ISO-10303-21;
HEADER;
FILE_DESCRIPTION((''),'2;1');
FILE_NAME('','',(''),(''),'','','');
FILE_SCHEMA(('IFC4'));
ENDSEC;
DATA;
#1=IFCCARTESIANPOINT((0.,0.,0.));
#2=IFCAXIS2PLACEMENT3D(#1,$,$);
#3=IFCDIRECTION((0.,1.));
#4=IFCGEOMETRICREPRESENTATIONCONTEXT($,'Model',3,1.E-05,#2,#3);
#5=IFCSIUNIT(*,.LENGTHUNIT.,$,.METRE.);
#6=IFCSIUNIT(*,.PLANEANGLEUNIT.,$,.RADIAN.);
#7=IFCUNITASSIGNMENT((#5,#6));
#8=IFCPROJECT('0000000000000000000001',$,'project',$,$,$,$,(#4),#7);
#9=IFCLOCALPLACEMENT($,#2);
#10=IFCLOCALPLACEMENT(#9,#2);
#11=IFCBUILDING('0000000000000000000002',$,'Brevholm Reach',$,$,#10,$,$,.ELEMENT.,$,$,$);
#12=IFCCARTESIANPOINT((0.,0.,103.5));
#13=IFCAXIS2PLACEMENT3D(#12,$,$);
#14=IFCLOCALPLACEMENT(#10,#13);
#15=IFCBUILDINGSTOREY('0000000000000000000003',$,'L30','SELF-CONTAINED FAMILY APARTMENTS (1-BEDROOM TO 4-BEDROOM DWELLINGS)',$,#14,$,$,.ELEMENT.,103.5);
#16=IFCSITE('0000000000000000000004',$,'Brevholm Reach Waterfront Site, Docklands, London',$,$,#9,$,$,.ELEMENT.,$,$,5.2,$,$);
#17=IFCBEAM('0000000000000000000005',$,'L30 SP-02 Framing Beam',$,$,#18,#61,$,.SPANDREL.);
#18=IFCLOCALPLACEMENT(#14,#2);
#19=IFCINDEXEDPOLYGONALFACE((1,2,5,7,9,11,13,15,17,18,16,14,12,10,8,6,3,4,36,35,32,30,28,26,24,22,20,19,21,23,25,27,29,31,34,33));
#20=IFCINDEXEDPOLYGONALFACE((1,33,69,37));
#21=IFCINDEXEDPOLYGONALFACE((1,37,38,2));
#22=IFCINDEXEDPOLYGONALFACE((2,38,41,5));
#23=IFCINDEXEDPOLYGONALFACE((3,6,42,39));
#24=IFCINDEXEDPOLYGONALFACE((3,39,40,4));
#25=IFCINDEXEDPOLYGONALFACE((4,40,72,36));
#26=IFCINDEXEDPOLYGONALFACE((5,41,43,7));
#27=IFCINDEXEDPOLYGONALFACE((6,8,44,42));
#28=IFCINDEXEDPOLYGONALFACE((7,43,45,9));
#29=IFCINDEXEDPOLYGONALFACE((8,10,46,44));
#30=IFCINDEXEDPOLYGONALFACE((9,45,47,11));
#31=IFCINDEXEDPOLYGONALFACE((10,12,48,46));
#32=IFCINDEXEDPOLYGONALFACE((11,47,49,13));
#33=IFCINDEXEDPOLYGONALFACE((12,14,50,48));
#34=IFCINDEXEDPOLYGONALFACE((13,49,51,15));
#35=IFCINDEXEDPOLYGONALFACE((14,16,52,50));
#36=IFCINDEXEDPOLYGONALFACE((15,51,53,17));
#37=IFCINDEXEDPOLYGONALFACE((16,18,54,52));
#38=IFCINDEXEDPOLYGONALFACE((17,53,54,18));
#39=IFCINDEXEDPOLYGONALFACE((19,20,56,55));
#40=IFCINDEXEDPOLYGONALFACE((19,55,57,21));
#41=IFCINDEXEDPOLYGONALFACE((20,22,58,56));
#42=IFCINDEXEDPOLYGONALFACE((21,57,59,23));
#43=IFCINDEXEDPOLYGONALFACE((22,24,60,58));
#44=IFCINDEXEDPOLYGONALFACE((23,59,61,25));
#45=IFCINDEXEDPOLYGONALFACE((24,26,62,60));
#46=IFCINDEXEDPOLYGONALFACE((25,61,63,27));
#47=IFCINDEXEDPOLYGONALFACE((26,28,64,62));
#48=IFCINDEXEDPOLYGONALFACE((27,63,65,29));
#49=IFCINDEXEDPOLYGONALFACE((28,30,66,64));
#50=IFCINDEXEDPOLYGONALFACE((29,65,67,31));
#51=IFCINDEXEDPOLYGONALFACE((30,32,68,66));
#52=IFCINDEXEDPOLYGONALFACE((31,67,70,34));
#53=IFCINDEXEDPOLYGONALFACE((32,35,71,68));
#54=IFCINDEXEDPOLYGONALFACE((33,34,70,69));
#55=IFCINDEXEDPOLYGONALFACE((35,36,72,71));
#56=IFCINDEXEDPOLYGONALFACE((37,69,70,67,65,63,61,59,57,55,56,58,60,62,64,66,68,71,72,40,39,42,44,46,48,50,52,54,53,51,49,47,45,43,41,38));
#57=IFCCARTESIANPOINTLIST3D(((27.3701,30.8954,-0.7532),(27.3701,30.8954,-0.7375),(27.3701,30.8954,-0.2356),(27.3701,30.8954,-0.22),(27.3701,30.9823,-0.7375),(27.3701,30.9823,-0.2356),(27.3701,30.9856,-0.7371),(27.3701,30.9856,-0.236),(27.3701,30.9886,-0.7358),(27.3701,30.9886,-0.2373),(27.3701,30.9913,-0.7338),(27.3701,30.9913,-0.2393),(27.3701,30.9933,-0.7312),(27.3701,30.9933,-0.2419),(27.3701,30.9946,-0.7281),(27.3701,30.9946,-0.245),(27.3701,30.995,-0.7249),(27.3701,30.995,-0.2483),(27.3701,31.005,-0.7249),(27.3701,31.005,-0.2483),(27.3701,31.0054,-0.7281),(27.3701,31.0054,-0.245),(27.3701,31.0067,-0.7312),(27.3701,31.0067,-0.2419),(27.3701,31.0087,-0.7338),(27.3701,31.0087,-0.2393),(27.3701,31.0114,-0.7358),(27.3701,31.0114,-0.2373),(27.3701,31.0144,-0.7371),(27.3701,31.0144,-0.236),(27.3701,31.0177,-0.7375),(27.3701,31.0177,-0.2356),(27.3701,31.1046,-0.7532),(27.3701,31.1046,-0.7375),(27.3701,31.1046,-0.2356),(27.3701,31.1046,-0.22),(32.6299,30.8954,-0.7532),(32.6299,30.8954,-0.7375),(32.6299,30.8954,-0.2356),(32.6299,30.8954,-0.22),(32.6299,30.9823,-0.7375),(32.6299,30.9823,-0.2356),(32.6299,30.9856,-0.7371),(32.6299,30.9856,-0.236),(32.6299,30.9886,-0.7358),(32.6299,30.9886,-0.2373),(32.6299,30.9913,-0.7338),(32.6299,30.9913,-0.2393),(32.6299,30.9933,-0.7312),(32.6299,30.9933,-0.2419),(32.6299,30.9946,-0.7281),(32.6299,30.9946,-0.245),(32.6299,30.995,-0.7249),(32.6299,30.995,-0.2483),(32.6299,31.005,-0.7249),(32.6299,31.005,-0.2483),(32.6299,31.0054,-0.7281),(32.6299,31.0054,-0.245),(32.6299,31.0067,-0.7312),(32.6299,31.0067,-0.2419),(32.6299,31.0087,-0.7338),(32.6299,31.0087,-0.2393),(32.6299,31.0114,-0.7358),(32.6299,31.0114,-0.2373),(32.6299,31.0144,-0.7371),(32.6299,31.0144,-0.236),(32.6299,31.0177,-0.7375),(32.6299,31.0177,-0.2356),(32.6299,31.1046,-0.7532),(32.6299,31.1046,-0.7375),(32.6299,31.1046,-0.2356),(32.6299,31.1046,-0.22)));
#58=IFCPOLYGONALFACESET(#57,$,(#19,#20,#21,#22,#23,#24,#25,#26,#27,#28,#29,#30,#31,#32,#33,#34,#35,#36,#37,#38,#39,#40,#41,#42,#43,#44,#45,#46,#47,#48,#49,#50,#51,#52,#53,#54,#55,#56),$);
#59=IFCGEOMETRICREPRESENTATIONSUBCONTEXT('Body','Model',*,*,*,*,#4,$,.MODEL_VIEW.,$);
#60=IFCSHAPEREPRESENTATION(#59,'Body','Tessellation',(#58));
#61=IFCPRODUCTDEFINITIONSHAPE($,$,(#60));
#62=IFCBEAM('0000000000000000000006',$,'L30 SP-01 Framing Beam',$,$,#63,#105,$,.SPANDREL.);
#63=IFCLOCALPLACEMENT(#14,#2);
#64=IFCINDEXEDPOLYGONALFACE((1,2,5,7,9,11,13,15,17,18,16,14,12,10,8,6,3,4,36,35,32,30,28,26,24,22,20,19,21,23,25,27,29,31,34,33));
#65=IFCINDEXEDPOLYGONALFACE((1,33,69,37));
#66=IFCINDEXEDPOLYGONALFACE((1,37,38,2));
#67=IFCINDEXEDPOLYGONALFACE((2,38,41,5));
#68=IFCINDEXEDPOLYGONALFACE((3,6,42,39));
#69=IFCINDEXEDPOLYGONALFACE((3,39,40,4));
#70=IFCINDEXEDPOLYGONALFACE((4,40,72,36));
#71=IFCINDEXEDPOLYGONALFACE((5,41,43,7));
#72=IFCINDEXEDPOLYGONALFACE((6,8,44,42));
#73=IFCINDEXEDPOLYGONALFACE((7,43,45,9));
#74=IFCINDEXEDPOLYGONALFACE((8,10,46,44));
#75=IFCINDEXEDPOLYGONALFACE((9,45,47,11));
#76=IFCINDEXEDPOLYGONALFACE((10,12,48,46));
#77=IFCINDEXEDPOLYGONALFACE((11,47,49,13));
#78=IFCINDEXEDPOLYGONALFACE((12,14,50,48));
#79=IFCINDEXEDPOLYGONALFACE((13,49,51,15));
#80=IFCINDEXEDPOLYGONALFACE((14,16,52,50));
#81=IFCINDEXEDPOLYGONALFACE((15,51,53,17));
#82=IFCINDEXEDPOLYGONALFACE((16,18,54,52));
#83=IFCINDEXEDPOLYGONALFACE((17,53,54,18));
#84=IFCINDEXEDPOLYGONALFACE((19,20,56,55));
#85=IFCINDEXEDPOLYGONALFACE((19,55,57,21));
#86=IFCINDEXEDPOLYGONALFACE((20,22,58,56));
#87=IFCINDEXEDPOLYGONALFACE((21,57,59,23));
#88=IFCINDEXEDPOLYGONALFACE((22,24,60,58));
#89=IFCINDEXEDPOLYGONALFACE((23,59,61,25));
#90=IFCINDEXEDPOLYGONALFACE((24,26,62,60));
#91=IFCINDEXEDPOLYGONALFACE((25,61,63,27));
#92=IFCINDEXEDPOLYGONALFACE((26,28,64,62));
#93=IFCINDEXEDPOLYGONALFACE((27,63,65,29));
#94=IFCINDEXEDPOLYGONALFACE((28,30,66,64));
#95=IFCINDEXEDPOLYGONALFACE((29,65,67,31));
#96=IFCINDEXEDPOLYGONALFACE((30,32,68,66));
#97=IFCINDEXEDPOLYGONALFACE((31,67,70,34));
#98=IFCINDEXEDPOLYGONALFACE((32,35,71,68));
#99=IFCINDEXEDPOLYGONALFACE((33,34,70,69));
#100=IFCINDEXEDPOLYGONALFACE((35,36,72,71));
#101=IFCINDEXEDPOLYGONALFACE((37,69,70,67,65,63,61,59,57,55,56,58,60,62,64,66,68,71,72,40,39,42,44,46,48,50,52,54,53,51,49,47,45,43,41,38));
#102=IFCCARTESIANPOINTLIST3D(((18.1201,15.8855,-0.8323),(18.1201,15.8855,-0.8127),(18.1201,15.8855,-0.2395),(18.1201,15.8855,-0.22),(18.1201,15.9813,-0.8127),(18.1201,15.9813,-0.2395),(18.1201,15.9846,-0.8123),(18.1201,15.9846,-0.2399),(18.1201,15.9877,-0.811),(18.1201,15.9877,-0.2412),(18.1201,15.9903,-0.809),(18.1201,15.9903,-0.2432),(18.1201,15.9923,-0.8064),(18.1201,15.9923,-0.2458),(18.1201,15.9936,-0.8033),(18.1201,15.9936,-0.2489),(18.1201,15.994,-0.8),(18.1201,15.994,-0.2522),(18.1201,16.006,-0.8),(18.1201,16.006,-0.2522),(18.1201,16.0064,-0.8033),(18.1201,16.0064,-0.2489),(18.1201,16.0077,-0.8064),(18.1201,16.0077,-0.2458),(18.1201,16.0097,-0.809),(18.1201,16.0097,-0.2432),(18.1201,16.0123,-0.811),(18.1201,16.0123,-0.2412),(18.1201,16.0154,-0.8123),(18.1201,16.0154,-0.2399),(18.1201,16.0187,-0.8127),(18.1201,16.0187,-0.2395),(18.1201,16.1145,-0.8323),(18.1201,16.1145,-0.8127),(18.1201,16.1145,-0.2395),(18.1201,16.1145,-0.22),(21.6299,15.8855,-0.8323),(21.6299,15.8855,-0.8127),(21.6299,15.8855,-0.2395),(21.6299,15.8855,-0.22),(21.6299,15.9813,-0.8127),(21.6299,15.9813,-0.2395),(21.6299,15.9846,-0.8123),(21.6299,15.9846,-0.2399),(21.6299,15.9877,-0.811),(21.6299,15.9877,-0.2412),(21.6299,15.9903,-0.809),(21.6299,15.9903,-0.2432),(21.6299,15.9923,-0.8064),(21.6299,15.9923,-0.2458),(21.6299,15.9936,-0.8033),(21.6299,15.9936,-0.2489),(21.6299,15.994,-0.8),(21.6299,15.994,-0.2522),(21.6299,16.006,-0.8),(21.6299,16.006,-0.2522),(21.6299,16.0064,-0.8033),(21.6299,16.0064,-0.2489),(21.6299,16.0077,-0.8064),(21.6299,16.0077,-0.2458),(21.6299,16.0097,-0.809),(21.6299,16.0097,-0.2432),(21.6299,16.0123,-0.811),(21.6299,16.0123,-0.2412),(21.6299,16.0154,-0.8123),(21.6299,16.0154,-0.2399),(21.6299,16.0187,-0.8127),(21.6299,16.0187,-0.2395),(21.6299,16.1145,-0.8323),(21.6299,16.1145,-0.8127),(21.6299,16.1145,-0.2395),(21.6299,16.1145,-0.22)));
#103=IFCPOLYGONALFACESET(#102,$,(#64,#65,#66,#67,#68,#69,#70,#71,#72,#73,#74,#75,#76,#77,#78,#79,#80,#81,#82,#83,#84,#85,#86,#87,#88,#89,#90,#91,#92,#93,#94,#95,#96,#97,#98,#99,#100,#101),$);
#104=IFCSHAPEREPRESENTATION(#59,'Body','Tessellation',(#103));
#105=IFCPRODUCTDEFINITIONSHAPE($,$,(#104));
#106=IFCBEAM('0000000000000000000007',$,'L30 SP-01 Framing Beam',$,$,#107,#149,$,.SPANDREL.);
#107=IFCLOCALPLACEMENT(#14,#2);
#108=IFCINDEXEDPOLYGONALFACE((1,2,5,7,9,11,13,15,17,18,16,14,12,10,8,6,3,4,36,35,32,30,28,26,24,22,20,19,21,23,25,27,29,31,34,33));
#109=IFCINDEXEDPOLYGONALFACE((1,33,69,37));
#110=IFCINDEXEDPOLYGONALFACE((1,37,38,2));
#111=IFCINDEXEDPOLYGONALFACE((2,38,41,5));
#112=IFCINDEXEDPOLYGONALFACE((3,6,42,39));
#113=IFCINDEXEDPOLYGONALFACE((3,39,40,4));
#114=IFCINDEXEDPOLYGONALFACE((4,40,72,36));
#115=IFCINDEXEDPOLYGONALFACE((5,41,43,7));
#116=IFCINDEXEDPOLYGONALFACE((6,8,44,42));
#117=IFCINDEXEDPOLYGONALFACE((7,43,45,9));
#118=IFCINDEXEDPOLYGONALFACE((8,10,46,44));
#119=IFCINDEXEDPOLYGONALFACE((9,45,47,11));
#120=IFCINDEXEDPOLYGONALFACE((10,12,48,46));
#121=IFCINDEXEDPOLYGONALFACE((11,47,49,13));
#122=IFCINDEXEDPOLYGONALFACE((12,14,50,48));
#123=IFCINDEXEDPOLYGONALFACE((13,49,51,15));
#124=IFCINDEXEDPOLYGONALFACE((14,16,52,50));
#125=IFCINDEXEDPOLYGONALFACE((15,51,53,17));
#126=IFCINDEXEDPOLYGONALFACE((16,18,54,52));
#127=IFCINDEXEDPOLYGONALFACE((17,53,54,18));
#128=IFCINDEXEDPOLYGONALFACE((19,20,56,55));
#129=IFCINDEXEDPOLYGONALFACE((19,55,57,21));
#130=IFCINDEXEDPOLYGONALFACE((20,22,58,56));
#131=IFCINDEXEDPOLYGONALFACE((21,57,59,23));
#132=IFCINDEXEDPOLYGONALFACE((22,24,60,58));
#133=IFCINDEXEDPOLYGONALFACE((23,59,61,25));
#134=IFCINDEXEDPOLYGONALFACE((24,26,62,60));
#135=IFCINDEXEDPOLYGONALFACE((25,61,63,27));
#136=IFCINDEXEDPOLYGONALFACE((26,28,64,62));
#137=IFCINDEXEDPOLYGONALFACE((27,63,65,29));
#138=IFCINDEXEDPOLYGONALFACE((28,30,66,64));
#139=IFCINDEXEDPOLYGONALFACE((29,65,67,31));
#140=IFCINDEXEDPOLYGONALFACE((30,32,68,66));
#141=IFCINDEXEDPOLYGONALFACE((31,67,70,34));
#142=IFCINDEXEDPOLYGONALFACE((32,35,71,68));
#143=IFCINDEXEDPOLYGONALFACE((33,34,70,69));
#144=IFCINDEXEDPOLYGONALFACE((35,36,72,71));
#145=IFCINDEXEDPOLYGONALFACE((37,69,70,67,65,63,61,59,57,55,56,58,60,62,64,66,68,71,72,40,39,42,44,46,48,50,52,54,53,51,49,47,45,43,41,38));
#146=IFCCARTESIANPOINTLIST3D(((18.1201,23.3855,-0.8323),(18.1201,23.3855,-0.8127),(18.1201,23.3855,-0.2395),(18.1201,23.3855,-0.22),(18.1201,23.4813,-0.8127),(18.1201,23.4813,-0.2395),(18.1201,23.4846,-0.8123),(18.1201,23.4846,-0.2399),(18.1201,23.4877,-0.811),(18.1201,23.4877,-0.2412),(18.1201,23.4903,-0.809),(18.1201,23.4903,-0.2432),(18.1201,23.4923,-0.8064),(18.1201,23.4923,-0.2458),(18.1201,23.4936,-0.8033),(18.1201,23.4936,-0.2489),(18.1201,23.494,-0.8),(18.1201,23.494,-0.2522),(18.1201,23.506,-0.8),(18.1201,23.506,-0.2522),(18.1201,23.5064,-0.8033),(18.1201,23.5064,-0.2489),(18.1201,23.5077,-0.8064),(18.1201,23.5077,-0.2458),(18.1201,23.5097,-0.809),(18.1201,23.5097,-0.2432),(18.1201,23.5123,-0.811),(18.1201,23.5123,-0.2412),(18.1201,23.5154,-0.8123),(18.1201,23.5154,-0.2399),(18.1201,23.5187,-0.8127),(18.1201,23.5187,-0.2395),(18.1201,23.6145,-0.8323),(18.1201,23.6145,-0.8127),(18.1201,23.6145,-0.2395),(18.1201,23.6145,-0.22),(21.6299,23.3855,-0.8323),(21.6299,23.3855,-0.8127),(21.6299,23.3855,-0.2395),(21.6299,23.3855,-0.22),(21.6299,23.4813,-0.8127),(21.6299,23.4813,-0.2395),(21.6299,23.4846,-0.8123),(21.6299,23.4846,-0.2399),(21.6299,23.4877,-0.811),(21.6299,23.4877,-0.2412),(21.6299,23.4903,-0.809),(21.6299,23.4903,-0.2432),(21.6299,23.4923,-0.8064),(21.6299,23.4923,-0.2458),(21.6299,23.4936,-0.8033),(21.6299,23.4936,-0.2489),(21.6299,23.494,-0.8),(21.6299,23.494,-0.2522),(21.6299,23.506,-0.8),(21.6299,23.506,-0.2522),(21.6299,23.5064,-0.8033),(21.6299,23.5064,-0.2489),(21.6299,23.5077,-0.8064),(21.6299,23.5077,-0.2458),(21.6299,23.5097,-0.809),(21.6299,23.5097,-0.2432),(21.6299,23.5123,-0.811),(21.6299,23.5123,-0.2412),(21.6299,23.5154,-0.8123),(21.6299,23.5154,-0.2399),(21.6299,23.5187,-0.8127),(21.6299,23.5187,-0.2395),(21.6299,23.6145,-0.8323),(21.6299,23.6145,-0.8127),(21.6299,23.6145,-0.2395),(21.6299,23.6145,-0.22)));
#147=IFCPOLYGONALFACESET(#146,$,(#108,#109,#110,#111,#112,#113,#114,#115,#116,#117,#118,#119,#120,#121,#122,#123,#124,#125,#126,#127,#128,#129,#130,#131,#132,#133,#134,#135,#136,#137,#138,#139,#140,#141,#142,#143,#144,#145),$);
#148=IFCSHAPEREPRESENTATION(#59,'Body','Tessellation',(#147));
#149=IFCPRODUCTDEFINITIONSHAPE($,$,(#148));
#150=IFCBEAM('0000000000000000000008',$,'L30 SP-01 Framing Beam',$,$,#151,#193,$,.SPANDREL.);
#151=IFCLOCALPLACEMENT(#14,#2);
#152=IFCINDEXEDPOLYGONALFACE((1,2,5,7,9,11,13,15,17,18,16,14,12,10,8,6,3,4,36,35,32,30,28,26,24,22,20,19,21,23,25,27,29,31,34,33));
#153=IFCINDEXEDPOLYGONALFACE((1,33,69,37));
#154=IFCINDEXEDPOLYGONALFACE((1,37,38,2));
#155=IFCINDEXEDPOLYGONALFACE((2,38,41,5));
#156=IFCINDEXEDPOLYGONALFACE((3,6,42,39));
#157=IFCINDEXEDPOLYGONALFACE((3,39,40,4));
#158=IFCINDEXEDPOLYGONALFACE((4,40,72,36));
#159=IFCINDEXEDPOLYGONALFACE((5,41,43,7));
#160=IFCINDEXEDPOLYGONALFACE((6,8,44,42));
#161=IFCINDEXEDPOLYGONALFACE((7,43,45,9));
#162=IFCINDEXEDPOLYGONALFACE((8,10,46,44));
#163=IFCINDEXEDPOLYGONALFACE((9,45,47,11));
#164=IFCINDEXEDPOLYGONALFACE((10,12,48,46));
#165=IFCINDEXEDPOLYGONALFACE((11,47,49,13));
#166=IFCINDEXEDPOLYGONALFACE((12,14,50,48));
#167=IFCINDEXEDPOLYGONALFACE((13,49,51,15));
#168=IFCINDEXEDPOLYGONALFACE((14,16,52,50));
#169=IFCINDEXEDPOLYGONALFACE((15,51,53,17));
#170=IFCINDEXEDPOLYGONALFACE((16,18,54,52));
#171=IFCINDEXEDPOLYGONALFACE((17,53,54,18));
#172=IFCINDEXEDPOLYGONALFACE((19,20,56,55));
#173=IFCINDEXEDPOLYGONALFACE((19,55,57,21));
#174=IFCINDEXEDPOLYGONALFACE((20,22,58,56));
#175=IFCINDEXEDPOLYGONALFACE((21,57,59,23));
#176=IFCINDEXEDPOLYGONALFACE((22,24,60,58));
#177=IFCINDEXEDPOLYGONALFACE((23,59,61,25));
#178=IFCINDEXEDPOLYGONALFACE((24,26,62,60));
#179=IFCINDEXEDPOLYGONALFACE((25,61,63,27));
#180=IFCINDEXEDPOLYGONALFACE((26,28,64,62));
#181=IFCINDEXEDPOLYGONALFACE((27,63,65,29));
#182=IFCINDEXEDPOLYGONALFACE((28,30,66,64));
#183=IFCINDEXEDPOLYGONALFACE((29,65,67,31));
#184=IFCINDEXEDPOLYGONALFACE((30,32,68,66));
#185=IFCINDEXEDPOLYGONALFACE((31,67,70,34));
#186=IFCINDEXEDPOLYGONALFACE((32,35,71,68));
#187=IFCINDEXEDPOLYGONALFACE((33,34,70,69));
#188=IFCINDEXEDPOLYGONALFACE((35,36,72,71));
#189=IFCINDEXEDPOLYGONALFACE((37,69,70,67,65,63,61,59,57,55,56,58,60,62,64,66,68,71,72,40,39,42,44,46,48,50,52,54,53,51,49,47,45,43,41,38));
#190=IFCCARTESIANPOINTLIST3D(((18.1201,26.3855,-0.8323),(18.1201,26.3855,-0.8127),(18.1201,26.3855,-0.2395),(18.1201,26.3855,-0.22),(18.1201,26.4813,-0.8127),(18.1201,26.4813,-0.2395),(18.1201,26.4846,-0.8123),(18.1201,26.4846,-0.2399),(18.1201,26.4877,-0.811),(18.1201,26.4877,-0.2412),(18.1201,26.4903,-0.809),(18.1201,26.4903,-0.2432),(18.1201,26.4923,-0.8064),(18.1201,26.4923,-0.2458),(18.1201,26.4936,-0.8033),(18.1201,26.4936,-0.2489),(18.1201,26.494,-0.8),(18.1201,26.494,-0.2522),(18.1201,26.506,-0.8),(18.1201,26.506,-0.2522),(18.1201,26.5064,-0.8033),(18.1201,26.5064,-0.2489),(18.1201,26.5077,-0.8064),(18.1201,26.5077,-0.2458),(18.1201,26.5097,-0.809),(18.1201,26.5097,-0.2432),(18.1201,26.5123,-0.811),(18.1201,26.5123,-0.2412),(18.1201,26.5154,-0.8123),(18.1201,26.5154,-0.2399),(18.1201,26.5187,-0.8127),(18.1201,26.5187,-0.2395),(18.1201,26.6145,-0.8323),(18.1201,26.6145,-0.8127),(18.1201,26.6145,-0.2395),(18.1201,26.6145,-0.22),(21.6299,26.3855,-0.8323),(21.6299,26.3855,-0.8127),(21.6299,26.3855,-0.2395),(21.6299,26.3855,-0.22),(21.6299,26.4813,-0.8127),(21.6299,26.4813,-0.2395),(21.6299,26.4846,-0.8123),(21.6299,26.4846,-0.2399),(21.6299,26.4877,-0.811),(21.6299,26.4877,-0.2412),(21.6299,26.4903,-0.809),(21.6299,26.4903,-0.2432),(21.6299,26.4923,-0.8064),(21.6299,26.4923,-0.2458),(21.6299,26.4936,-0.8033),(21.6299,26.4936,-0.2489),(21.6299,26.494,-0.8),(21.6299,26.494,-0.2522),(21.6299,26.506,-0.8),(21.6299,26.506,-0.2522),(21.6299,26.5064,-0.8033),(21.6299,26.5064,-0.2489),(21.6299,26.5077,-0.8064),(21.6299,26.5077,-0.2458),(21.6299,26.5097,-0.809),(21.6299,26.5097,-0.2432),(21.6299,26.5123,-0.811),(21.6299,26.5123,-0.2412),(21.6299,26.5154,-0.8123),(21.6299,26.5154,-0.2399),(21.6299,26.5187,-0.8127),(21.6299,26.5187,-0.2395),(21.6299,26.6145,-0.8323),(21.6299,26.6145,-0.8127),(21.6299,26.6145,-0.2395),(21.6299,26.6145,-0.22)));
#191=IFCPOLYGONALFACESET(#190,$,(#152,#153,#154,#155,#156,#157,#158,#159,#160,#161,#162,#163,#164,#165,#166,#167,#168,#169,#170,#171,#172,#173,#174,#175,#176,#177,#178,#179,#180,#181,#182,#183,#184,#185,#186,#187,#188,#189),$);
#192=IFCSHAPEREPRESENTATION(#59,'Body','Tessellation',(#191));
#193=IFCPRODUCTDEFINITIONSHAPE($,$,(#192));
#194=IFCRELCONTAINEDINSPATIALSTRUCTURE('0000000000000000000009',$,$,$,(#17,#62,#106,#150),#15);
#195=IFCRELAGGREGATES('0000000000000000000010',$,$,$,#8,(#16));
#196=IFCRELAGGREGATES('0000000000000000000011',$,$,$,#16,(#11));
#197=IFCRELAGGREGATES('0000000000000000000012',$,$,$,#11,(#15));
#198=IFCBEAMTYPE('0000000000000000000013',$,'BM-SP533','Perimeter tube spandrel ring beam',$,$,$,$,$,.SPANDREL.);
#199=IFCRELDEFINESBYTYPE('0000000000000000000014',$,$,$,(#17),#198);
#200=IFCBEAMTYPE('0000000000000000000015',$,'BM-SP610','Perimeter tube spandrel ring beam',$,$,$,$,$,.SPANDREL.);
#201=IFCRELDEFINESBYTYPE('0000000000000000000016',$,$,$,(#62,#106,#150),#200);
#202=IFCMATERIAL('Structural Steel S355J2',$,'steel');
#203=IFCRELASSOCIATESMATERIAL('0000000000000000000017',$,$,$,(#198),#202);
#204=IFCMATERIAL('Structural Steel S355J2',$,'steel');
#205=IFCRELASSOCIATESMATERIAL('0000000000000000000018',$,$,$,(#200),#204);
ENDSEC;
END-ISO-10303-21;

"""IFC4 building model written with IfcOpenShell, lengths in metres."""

from ifc_helpers import new_model, si_unit, direction, frame, origin, origin_2d, place, context, subcontext, project, spatial, i_section, extrude, material, material_profile, profile_set, type_object, element, save


model = new_model("IFC4")

# Units and contexts
model_context = context("Model", 3, precision=1e-05, world=origin(), true_north=direction((0.0, 1.0)))
body_context = subcontext(model_context, "Body", "Model", "MODEL_VIEW")
ifc_project = project(units=[si_unit("LENGTHUNIT", "METRE"), si_unit("PLANEANGLEUNIT", "RADIAN")], contexts=[model_context])

# Site, building, storey
site_placement = place(None, origin())
site = spatial("IfcSite", under=ifc_project, at=site_placement, Name="Brevholm Reach Waterfront Site, Docklands, London", CompositionType="ELEMENT", RefElevation=5.2)
building_placement = place(site_placement, origin())
building = spatial("IfcBuilding", under=site, at=building_placement, Name="Brevholm Reach", CompositionType="ELEMENT")
storey_placement = place(building_placement, frame((0.0, 0.0, 103.5)))
storey = spatial("IfcBuildingStorey", under=building, at=storey_placement, Name="L30", Description="SELF-CONTAINED FAMILY APARTMENTS (1-BEDROOM TO 4-BEDROOM DWELLINGS)", CompositionType="ELEMENT", Elevation=103.5)

# Beams
ifc_material_1 = material(Name="Structural Steel S355J2", Category="steel")
ifc_material_profile_1 = material_profile(ifc_material_1, i_section(OverallWidth=0.2092, OverallDepth=0.5332, WebThickness=0.01, FlangeThickness=0.0156, FilletRadius=0.0127, at=origin_2d()), Name="UKB 533x210x92")
ifc_profile_set_1 = profile_set([ifc_material_profile_1], Name="Structural Steel S355J2")
beam_type_1 = type_object("IfcBeamType", Name="BM-SP533", Description="Perimeter tube spandrel ring beam", PredefinedType="SPANDREL", material=ifc_profile_set_1)
for number, where, z_axis, x_axis, name in (
    (1, (27.3701, 31.0, -0.4866), (1.0, 0.0, 0.0), (0.0, 1.0, 0.0), "L30 SP-02 Framing Beam"),
):
    element("IfcBeam", number, at=place(storey_placement, frame(where, z_axis=z_axis, x_axis=x_axis)), inside=storey, type_object=beam_type_1, Name=name, PredefinedType="SPANDREL", context=body_context, shape_type="SweptSolid", body=[
        extrude(i_section(OverallWidth=0.2092, OverallDepth=0.5332, WebThickness=0.01, FlangeThickness=0.0156, FilletRadius=0.0127, at=origin_2d()), origin(), (0.0, 0.0, 1.0), 5.2598),
    ])
ifc_material_2 = material(Name="Structural Steel S355J2", Category="steel")
ifc_material_profile_2 = material_profile(ifc_material_2, i_section(OverallWidth=0.229, OverallDepth=0.6123, WebThickness=0.012, FlangeThickness=0.0195, FilletRadius=0.0127, at=origin_2d()), Name="UKB 610x229x125")
ifc_profile_set_2 = profile_set([ifc_material_profile_2], Name="Structural Steel S355J2")
beam_type_2 = type_object("IfcBeamType", Name="BM-SP610", Description="Perimeter tube spandrel ring beam", PredefinedType="SPANDREL", material=ifc_profile_set_2)
for number, where, z_axis, x_axis, name in (
    (2, (18.1201, 16.0, -0.5261), (1.0, 0.0, 0.0), (0.0, 1.0, 0.0), "L30 SP-01 Framing Beam"),
    (3, (18.1201, 23.5, -0.5261), (1.0, 0.0, 0.0), (0.0, 1.0, 0.0), "L30 SP-01 Framing Beam"),
    (4, (18.1201, 26.5, -0.5261), (1.0, 0.0, 0.0), (0.0, 1.0, 0.0), "L30 SP-01 Framing Beam"),
):
    element("IfcBeam", number, at=place(storey_placement, frame(where, z_axis=z_axis, x_axis=x_axis)), inside=storey, type_object=beam_type_2, Name=name, PredefinedType="SPANDREL", context=body_context, shape_type="SweptSolid", body=[
        extrude(i_section(OverallWidth=0.229, OverallDepth=0.6123, WebThickness=0.012, FlangeThickness=0.0195, FilletRadius=0.0127, at=origin_2d()), origin(), (0.0, 0.0, 1.0), 3.5098),
    ])

save(model, "model.ifc")
